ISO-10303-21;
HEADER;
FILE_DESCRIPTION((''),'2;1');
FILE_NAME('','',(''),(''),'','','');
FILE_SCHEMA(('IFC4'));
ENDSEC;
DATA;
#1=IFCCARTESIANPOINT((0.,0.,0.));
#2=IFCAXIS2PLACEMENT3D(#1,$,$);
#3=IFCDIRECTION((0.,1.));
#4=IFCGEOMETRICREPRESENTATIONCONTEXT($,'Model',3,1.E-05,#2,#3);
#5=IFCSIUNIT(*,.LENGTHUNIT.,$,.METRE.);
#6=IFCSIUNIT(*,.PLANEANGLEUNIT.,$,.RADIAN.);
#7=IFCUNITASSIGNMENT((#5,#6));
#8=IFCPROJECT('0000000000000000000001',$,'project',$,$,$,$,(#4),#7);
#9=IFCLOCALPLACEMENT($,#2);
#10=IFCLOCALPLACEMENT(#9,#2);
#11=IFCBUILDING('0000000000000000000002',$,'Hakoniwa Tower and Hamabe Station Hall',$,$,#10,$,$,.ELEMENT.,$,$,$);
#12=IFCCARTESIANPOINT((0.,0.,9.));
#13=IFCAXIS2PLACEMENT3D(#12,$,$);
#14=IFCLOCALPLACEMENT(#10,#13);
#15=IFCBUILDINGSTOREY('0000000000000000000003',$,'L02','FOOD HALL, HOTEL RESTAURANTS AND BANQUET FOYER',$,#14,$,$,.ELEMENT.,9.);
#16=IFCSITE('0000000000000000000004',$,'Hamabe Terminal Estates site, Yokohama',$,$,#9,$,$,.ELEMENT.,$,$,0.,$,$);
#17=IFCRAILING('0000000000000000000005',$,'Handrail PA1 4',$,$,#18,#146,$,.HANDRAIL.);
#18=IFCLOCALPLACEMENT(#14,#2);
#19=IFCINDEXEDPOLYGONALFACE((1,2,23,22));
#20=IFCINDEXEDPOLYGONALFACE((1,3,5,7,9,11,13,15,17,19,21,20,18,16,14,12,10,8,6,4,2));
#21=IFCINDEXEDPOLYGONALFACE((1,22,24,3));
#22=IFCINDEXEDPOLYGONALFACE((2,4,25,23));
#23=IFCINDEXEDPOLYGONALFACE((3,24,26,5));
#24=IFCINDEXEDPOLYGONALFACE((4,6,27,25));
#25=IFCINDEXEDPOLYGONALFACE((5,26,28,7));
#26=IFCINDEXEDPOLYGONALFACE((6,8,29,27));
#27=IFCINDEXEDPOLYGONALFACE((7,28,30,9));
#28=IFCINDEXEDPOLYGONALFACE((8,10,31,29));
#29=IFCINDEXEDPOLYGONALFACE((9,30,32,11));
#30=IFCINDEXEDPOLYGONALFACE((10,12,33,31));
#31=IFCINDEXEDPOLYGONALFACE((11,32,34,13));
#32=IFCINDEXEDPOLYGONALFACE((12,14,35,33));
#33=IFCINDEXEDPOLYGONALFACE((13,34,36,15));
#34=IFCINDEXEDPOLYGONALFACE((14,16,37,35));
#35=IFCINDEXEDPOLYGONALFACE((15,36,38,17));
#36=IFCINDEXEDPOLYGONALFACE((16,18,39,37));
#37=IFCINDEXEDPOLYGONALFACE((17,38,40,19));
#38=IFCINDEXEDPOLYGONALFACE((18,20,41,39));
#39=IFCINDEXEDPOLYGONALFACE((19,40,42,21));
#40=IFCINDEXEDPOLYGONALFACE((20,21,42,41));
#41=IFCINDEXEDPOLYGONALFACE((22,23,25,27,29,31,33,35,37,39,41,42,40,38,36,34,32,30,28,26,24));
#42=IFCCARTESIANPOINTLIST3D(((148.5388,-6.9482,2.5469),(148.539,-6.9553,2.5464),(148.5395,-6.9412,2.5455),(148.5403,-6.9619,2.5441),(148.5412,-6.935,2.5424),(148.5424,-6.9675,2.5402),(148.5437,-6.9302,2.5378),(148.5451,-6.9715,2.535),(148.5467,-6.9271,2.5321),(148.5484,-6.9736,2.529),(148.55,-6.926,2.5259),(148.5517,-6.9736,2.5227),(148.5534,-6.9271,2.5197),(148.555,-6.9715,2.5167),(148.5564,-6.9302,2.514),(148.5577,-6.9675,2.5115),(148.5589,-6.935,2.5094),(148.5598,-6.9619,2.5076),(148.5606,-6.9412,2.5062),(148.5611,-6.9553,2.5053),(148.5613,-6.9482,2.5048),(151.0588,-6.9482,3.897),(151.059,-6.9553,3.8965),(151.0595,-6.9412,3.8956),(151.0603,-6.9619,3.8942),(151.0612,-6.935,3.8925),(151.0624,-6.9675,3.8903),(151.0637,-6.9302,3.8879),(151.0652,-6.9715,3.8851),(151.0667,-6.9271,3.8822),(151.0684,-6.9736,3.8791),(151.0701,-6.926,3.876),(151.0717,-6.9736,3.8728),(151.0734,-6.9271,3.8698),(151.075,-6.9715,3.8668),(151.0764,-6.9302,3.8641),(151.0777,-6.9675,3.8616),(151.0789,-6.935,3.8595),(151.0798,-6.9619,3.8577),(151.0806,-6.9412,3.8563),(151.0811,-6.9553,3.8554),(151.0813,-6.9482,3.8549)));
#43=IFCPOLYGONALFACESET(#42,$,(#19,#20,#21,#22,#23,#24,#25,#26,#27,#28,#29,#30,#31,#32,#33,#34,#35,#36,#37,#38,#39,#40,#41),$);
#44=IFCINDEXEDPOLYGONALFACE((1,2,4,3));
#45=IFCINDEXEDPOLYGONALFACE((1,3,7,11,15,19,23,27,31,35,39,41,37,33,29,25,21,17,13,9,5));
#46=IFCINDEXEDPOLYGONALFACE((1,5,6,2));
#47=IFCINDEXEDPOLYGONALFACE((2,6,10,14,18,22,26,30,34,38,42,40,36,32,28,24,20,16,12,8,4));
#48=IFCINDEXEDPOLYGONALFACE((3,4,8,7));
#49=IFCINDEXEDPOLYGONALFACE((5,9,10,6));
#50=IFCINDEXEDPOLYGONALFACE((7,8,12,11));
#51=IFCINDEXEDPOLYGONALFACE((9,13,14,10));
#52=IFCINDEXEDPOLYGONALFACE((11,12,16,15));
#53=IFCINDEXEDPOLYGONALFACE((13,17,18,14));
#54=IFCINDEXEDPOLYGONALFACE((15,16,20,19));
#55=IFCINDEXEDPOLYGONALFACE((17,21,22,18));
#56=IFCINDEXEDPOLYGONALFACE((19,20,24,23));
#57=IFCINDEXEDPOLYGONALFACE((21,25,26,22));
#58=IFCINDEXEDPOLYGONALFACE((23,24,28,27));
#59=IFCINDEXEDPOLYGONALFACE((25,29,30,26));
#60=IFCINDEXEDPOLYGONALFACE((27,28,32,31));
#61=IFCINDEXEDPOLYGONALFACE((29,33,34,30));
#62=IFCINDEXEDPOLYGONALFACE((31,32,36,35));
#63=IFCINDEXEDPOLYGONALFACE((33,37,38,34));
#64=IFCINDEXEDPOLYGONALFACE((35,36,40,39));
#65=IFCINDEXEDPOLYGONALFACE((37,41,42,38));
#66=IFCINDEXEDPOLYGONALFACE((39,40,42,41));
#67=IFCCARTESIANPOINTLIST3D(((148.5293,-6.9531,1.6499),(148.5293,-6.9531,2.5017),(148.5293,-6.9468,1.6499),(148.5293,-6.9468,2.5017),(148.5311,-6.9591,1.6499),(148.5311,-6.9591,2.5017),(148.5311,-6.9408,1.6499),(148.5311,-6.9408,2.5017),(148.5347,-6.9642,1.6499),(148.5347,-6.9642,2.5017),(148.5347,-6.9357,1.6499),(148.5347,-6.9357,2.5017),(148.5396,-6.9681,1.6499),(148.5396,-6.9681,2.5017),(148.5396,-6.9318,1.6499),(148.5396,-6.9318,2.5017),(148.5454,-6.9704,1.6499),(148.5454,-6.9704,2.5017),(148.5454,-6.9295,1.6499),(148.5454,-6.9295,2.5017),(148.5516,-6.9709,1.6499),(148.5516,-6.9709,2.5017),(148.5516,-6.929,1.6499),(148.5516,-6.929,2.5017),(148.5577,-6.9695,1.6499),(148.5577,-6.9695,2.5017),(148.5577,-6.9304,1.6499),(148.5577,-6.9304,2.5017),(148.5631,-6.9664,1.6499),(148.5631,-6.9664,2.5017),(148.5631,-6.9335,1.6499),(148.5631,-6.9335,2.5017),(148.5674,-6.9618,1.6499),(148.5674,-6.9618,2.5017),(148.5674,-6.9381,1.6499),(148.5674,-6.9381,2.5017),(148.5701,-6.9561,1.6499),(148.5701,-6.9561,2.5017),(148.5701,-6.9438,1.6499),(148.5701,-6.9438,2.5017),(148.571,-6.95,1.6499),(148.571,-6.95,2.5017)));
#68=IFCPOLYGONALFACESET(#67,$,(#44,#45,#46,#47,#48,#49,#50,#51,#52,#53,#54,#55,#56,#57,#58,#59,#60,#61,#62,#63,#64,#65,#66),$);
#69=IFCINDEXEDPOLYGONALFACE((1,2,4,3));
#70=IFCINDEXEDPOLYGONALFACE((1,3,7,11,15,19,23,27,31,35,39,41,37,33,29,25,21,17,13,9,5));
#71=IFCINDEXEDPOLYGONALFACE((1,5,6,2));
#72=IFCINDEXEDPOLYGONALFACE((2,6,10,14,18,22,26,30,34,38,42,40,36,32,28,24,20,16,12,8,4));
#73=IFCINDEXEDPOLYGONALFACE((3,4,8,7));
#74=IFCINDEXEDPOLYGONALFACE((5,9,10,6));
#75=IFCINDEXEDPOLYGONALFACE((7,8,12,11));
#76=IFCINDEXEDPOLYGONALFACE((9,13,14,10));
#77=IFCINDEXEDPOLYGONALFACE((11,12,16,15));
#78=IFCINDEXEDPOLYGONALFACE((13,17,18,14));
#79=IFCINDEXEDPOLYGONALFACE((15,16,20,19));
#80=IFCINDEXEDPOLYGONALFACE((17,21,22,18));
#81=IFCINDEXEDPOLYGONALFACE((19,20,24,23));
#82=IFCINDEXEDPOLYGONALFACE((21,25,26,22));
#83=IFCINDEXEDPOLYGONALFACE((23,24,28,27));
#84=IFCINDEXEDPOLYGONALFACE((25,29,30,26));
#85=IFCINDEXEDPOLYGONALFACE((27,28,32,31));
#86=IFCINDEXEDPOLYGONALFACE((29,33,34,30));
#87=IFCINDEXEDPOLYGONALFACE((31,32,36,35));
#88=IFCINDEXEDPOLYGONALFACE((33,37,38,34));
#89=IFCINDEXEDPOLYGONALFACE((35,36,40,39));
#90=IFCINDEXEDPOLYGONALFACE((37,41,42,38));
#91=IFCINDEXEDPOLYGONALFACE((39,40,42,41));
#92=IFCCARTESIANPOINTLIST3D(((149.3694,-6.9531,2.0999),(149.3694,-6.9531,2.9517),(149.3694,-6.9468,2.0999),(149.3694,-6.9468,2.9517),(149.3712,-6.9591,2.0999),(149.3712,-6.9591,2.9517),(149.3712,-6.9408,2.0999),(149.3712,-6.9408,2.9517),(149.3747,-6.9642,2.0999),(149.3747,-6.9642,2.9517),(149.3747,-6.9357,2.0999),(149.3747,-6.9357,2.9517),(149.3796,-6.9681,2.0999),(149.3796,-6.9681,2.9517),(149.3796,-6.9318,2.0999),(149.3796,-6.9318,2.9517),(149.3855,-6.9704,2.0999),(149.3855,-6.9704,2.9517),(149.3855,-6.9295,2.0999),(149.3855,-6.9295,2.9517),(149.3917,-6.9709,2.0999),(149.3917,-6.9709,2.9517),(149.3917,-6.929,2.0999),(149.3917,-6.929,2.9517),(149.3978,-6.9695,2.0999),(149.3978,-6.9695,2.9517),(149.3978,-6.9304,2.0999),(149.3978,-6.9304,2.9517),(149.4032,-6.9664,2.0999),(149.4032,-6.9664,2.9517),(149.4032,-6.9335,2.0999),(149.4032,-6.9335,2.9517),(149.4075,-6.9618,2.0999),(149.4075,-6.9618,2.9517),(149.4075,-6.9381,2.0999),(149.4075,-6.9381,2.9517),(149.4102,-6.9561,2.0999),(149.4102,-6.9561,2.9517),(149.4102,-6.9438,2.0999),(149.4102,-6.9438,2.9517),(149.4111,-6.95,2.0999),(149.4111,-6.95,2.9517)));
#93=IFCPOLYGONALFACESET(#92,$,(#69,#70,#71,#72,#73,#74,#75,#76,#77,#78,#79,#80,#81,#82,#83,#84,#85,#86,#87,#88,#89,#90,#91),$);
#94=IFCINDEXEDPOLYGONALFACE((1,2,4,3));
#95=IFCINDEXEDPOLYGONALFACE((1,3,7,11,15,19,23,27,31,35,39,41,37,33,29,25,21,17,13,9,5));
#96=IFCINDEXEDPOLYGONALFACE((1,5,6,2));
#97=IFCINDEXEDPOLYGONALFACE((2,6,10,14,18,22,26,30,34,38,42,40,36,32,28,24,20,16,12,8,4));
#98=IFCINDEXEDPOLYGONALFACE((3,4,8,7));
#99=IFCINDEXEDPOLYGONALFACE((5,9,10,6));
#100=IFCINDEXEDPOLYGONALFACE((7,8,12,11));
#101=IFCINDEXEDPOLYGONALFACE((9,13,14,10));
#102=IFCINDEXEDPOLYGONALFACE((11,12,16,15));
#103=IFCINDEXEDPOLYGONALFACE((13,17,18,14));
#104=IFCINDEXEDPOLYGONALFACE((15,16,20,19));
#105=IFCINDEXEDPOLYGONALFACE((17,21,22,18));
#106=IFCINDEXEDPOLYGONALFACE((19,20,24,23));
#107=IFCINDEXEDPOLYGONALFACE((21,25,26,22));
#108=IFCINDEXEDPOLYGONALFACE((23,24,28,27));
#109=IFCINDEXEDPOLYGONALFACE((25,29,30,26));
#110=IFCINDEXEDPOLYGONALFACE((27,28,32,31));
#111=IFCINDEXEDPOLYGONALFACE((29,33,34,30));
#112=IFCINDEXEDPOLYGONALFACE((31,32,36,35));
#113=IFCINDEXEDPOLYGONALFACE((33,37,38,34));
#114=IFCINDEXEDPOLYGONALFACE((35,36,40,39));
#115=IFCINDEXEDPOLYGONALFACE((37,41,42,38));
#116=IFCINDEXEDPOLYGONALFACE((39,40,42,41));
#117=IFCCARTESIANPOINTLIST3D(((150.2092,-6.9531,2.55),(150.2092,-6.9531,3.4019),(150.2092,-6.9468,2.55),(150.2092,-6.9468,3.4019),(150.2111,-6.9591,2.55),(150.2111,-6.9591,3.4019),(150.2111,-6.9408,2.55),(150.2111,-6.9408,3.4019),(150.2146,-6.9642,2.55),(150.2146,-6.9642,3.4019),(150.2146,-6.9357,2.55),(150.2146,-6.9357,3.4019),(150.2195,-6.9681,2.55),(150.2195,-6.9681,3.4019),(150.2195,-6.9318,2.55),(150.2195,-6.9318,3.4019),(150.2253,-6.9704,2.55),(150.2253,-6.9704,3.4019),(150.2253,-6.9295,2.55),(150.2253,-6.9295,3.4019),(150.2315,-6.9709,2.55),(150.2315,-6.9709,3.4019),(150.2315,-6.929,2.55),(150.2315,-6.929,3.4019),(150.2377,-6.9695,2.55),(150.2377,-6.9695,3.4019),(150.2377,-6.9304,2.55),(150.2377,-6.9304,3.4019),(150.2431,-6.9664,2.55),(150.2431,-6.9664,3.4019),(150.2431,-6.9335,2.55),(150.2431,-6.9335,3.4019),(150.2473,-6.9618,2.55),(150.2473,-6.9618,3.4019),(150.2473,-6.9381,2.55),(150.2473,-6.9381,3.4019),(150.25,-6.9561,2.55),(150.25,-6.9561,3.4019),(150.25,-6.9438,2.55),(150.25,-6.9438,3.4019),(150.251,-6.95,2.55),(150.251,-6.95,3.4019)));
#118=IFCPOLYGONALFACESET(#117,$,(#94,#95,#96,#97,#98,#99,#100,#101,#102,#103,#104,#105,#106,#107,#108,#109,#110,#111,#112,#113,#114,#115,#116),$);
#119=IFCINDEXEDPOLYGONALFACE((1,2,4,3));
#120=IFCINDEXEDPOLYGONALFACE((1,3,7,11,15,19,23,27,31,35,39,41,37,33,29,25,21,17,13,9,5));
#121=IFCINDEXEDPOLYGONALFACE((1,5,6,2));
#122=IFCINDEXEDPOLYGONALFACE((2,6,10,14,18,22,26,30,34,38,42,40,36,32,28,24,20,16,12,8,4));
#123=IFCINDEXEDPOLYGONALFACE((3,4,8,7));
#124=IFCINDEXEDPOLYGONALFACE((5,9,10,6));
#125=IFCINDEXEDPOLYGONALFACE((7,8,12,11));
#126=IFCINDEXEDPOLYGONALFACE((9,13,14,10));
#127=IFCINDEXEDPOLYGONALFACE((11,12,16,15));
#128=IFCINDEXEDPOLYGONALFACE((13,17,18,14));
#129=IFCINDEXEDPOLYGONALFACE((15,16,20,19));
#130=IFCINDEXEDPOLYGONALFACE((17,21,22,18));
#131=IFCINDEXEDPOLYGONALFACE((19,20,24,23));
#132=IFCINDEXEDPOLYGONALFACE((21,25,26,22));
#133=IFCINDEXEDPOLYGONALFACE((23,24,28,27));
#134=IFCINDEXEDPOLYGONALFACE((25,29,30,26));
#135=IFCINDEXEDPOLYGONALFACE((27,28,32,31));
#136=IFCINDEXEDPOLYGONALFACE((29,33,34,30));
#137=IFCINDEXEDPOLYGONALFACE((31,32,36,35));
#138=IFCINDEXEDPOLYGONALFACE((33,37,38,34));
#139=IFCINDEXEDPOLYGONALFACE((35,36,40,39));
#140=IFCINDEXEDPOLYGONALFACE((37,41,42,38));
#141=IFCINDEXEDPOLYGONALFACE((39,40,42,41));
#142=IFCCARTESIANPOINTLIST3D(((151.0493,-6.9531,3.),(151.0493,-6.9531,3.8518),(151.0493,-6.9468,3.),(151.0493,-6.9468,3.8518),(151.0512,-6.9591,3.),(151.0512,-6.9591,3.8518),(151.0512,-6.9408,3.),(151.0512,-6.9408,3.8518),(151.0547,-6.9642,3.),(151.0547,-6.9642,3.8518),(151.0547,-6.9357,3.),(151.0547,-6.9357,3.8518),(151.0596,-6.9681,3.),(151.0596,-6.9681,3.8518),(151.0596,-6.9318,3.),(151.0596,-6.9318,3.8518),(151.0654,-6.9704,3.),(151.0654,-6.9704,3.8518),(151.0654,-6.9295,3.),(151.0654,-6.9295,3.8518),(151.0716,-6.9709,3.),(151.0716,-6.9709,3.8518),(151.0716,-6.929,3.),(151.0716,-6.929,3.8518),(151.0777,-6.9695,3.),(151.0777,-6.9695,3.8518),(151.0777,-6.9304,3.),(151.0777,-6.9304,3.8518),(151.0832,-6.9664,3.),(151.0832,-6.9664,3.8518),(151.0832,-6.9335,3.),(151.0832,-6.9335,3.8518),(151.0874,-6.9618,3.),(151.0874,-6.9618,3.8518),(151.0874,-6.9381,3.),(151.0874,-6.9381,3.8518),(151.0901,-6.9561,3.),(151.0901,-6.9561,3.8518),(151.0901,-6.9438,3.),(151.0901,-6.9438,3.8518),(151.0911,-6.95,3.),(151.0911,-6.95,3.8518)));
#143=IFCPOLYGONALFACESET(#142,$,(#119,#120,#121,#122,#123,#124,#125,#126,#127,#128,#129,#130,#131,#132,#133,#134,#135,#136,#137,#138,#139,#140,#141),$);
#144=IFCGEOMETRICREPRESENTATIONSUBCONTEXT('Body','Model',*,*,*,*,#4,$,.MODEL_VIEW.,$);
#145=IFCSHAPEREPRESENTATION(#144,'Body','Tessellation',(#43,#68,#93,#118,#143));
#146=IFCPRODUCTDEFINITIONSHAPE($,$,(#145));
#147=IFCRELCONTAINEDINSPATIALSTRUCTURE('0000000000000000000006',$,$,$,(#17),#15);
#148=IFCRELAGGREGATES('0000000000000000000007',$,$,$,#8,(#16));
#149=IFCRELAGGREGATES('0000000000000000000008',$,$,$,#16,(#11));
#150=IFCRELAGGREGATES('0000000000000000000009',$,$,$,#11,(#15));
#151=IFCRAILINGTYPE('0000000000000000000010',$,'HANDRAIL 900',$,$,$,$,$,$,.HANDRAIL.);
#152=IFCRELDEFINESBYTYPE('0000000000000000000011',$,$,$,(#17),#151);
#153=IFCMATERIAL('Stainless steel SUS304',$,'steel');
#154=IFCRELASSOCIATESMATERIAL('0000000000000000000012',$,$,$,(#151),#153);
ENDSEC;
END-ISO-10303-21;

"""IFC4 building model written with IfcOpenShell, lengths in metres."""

from ifc_helpers import new_model, si_unit, direction, frame, origin, origin_2d, place, context, subcontext, project, spatial, circle, extrude, material, type_object, element, save


model = new_model("IFC4")

# Units and contexts
model_context = context("Model", 3, precision=1e-05, world=origin(), true_north=direction((0.0, 1.0)))
body_context = subcontext(model_context, "Body", "Model", "MODEL_VIEW")
ifc_project = project(units=[si_unit("LENGTHUNIT", "METRE"), si_unit("PLANEANGLEUNIT", "RADIAN")], contexts=[model_context])

# Site, building, storey
site_placement = place(None, origin())
site = spatial("IfcSite", under=ifc_project, at=site_placement, Name="Hamabe Terminal Estates site, Yokohama", CompositionType="ELEMENT", RefElevation=0.0)
building_placement = place(site_placement, origin())
building = spatial("IfcBuilding", under=site, at=building_placement, Name="Hakoniwa Tower and Hamabe Station Hall", CompositionType="ELEMENT")
storey_placement = place(building_placement, frame((0.0, 0.0, 9.0)))
storey = spatial("IfcBuildingStorey", under=building, at=storey_placement, Name="L02", Description="FOOD HALL, HOTEL RESTAURANTS AND BANQUET FOYER", CompositionType="ELEMENT", Elevation=9.0)

# Railing
ifc_material_1 = material(Name="Stainless steel SUS304", Category="steel")
railing_type_1 = type_object("IfcRailingType", Name="HANDRAIL 900", PredefinedType="HANDRAIL", material=ifc_material_1)
for number, where, name in (
    (1, (148.55, -6.95, 1.6499), "Handrail PA1 4"),
):
    element("IfcRailing", number, at=place(storey_placement, frame(where)), inside=storey, type_object=railing_type_1, Name=name, PredefinedType="HANDRAIL", context=body_context, shape_type="SweptSolid", body=[
        extrude(circle(Radius=0.0239, at=origin_2d()), frame((0.0, 0.0, 0.876), z_axis=(0.881467, 0.0, 0.472245), x_axis=(0.0, 1.0, 0.0)), (0.0, 0.0, 1.0), 2.8589),
        extrude(circle(Radius=0.021, at=origin_2d()), origin(), (0.0, 0.0, 1.0), 0.8518),
        extrude(circle(Radius=0.021, at=origin_2d()), frame((0.8401, 0.0, 0.45)), (0.0, 0.0, 1.0), 0.8518),
        extrude(circle(Radius=0.021, at=origin_2d()), frame((1.6799, 0.0, 0.9001)), (0.0, 0.0, 1.0), 0.8518),
        extrude(circle(Radius=0.021, at=origin_2d()), frame((2.52, 0.0, 1.3501)), (0.0, 0.0, 1.0), 0.8518),
    ])

save(model, "model.ifc")
